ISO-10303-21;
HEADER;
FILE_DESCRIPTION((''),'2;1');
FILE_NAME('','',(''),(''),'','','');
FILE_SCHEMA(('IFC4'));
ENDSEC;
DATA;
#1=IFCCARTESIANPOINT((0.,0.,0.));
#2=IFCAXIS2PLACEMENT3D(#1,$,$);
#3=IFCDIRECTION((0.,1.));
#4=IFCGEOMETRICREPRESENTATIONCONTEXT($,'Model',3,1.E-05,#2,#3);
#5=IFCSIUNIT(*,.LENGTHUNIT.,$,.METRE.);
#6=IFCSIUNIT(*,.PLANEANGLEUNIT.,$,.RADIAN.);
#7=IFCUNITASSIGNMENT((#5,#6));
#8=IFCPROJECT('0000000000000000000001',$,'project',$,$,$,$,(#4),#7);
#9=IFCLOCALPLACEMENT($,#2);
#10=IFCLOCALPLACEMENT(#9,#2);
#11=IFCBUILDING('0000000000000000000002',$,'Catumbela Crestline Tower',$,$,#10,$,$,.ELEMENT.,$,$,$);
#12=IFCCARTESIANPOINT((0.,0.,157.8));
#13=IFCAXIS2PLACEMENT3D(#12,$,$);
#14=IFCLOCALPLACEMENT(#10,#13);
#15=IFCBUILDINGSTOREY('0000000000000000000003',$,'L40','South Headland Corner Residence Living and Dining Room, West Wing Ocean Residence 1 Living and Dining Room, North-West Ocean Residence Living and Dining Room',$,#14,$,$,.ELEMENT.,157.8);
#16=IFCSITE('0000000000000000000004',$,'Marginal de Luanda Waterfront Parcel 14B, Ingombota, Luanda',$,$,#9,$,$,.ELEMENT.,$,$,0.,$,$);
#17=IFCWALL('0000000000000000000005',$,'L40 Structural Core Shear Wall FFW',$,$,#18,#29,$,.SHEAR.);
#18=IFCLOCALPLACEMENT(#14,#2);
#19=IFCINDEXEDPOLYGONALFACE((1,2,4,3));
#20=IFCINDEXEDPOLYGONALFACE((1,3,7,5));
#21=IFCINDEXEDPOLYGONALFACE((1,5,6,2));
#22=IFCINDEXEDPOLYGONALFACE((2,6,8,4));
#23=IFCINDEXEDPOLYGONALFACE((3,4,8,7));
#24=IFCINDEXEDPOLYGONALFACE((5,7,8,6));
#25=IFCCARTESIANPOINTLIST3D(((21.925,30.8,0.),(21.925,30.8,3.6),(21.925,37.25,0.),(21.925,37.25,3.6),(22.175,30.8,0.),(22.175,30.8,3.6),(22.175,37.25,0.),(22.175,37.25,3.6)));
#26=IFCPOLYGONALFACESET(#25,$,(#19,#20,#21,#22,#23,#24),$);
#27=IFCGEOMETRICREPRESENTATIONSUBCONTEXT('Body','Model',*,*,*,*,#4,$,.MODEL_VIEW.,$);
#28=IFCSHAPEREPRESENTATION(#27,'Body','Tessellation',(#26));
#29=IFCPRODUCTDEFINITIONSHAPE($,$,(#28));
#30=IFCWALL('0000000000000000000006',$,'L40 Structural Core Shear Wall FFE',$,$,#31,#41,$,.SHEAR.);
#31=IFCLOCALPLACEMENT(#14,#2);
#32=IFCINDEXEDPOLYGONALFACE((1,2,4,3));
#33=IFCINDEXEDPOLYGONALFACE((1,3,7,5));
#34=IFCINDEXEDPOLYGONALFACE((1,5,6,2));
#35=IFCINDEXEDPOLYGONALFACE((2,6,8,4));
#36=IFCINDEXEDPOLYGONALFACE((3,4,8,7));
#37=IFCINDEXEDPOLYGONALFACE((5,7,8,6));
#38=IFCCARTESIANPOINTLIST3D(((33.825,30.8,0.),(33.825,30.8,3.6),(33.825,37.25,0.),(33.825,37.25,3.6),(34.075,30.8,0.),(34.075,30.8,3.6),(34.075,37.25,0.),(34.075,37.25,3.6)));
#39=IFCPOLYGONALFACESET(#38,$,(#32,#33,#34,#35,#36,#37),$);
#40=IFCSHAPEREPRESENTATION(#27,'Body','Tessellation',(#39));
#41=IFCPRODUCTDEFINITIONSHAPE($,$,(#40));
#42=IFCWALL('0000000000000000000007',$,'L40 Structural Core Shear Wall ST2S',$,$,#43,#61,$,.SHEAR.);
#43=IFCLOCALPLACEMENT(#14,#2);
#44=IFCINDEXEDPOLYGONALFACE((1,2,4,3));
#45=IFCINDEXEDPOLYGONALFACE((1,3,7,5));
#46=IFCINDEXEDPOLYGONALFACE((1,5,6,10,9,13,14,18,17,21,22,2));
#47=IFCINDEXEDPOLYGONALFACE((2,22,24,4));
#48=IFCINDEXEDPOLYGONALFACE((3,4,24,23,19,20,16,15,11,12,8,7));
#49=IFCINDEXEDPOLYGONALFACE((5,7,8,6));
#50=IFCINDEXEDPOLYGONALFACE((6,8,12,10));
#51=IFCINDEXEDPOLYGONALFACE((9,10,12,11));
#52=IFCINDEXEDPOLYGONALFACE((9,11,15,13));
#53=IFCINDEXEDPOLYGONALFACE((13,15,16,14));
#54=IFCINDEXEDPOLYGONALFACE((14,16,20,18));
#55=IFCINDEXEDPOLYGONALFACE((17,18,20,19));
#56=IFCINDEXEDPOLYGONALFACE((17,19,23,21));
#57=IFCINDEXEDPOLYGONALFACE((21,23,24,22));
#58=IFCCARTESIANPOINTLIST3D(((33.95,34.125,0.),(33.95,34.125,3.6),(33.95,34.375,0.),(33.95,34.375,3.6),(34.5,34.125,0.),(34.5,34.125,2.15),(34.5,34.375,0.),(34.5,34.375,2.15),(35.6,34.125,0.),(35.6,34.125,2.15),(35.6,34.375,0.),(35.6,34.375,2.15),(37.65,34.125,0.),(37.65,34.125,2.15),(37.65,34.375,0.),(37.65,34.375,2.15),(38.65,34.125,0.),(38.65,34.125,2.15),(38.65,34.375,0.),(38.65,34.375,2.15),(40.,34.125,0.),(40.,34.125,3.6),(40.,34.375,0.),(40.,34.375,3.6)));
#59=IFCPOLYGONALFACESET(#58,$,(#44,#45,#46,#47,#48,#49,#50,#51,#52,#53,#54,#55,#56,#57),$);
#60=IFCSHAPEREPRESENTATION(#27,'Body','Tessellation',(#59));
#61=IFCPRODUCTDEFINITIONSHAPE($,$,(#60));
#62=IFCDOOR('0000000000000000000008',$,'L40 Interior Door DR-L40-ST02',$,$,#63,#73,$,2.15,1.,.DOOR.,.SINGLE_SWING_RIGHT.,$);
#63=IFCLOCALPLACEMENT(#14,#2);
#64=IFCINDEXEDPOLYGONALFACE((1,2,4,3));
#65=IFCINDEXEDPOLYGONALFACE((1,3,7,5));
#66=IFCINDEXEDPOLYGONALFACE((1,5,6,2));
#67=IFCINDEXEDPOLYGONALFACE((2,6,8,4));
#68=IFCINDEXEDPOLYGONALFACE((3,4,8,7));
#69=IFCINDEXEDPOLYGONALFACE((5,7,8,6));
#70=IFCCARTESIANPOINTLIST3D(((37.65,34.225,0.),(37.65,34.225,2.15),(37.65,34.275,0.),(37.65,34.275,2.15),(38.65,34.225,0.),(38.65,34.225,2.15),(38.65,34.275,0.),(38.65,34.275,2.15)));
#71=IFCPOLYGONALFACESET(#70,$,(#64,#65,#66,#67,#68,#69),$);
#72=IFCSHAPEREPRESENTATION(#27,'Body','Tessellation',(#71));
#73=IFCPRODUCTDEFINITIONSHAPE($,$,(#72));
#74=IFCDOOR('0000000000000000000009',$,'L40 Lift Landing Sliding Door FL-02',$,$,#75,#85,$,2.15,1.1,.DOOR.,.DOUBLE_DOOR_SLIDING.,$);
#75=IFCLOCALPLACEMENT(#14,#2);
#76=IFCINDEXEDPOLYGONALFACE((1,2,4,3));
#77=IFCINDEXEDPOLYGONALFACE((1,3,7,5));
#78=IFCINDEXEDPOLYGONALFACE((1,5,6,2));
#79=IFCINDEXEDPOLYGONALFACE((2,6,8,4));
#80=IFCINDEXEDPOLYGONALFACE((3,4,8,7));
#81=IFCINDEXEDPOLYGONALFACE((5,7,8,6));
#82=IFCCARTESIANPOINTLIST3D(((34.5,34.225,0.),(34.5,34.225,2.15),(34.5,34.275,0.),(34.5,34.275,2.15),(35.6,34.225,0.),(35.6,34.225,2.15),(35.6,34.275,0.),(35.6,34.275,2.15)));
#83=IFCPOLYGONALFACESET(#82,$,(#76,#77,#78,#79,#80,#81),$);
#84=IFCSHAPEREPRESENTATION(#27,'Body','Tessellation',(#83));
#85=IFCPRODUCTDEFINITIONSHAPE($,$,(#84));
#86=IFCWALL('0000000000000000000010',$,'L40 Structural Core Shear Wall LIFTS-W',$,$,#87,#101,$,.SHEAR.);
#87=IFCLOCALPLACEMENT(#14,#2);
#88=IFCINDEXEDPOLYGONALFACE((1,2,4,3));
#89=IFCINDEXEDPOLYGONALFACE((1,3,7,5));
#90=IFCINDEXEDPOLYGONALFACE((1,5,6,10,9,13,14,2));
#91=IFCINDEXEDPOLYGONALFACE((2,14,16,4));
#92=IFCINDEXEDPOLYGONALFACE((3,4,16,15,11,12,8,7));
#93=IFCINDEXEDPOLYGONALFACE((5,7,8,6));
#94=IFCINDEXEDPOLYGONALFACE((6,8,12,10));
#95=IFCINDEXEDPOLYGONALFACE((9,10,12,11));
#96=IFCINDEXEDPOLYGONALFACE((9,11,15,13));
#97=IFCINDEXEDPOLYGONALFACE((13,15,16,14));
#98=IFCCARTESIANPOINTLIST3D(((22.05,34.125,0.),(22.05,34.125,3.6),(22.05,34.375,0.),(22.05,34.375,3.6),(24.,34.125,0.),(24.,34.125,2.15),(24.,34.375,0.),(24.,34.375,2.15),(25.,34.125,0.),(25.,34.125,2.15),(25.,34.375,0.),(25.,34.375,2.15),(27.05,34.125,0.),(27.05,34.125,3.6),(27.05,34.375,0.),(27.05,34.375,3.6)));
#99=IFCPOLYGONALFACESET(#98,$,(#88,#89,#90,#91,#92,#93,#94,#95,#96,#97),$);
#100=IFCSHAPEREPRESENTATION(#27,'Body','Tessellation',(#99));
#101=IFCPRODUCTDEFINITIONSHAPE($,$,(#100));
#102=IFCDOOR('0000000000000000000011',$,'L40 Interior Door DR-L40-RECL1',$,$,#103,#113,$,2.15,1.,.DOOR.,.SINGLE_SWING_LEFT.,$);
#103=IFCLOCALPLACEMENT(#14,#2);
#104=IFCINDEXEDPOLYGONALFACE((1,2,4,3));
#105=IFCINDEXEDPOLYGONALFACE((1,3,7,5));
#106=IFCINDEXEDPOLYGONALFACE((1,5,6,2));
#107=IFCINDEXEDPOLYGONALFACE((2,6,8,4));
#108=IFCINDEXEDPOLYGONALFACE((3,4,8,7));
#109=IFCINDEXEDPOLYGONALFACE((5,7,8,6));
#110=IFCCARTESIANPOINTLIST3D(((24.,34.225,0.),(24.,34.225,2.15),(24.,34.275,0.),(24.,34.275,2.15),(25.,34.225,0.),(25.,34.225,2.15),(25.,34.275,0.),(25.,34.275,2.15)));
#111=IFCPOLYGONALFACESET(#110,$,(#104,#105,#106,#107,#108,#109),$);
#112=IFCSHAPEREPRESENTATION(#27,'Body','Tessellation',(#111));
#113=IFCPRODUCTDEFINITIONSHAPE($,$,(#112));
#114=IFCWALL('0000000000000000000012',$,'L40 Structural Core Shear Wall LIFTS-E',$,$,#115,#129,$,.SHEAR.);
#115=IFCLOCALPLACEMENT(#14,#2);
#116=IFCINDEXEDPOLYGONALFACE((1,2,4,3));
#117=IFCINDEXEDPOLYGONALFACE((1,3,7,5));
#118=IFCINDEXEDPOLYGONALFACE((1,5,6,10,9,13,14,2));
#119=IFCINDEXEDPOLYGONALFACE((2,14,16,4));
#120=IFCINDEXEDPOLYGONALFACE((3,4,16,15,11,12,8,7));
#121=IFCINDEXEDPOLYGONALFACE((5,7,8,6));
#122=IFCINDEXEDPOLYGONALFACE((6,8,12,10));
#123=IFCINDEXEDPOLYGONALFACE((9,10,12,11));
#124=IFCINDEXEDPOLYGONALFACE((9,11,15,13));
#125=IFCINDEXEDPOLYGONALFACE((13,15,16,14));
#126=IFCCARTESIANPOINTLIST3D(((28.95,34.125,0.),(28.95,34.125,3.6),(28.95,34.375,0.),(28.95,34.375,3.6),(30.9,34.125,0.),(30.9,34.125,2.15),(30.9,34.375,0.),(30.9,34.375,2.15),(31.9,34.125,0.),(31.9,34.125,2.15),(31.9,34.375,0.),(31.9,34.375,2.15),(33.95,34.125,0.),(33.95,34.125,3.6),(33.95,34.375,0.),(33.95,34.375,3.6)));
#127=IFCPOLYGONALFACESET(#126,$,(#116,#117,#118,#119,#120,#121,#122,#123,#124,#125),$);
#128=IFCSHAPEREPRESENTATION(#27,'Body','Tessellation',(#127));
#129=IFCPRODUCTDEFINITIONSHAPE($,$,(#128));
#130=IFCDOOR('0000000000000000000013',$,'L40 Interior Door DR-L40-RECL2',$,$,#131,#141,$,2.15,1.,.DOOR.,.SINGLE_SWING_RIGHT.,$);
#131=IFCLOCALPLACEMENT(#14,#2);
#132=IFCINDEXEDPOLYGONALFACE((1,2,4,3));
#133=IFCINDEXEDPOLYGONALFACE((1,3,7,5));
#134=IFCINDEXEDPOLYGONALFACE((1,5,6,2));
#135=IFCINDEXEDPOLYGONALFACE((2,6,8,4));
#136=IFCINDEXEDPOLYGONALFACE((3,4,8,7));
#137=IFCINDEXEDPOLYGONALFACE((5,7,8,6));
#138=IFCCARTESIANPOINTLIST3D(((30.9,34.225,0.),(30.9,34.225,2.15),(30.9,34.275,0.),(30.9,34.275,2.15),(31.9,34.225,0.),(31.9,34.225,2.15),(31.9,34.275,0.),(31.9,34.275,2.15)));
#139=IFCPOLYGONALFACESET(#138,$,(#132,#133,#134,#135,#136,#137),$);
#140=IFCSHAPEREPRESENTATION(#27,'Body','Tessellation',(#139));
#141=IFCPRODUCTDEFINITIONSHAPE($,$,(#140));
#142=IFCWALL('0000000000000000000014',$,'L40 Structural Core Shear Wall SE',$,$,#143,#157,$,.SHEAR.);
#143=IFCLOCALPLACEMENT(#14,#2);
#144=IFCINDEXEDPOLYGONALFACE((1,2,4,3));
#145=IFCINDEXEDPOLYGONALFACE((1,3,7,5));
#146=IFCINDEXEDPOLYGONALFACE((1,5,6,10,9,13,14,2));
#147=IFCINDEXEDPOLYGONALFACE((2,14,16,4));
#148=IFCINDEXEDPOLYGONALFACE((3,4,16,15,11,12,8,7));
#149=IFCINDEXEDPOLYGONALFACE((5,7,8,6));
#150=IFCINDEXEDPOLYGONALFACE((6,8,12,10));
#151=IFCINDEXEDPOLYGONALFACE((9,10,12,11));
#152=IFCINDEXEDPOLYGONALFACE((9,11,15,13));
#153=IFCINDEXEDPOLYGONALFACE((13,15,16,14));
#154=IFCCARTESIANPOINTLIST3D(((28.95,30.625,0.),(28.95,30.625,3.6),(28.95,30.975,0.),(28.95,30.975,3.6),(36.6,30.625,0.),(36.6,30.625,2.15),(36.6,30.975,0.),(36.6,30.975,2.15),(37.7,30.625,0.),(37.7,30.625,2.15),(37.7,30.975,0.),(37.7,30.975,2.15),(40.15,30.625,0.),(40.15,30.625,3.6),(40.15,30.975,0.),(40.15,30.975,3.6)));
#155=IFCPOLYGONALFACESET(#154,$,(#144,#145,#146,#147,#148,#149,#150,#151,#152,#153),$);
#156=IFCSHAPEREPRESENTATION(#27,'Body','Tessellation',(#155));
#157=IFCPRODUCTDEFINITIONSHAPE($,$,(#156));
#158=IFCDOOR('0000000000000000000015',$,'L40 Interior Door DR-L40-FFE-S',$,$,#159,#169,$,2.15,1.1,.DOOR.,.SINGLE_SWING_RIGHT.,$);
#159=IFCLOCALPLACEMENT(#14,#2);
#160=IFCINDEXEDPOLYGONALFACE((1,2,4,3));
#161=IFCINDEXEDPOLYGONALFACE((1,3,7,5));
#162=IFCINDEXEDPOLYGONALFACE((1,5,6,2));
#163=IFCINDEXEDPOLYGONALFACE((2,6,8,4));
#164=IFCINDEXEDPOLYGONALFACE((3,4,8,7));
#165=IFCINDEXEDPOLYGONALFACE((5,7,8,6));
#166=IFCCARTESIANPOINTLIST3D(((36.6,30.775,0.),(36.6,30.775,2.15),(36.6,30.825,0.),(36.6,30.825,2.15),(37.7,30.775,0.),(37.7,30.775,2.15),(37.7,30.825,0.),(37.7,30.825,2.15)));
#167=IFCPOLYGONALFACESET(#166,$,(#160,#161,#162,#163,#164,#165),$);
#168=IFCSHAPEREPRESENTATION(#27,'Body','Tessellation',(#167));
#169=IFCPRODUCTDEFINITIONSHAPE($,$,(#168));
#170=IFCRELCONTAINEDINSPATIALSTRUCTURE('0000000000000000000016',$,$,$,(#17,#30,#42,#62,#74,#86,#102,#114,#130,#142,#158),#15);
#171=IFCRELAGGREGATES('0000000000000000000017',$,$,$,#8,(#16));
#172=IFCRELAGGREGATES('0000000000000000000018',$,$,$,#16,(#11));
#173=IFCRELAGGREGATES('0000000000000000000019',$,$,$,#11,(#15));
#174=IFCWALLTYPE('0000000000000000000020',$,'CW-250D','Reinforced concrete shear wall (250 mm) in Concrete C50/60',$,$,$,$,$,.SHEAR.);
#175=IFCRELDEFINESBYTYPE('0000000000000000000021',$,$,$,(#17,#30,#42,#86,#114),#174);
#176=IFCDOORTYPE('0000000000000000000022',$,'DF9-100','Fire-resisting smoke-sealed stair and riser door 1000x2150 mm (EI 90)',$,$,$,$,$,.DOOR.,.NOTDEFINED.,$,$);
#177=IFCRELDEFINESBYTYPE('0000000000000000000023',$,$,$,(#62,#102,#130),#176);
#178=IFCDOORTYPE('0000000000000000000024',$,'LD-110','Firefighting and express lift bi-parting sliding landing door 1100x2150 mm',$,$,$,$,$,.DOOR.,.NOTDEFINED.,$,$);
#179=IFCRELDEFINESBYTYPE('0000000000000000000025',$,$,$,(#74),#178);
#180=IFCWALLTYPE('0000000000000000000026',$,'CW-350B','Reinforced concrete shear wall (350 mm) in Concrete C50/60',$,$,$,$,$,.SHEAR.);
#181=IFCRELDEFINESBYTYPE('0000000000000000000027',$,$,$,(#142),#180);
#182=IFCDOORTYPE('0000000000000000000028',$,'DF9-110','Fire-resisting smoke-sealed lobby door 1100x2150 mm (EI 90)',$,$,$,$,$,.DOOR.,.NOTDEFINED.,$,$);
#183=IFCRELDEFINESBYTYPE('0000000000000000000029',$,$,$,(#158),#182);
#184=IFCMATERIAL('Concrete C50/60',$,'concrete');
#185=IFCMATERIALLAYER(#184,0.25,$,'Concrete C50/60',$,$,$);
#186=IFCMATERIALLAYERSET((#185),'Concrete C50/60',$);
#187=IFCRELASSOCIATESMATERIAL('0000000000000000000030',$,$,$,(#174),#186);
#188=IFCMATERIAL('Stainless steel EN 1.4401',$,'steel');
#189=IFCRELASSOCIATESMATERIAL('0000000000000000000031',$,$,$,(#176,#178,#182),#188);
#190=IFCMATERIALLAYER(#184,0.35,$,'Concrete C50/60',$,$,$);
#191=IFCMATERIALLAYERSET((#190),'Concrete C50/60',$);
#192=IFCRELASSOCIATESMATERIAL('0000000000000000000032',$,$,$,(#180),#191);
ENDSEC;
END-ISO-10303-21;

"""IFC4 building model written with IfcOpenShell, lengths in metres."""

from ifc_helpers import new_model, si_unit, direction, frame, frame_2d, origin, place, context, subcontext, project, spatial, rectangle, extrude, material, layer, layer_set, type_object, element, fill, save


model = new_model("IFC4")

# Units and contexts
model_context = context("Model", 3, precision=1e-05, world=origin(), true_north=direction((0.0, 1.0)))
body_context = subcontext(model_context, "Body", "Model", "MODEL_VIEW")
ifc_project = project(units=[si_unit("LENGTHUNIT", "METRE"), si_unit("PLANEANGLEUNIT", "RADIAN")], contexts=[model_context])

# Site, building, storey
site_placement = place(None, origin())
site = spatial("IfcSite", under=ifc_project, at=site_placement, Name="Marginal de Luanda Waterfront Parcel 14B, Ingombota, Luanda", CompositionType="ELEMENT", RefElevation=0.0)
building_placement = place(site_placement, origin())
building = spatial("IfcBuilding", under=site, at=building_placement, Name="Catumbela Crestline Tower", CompositionType="ELEMENT")
storey_placement = place(building_placement, frame((0.0, 0.0, 157.8)))
storey = spatial("IfcBuildingStorey", under=building, at=storey_placement, Name="L40", Description="South Headland Corner Residence Living and Dining Room, West Wing Ocean Residence 1 Living and Dining Room, North-West Ocean Residence Living and Dining Room", CompositionType="ELEMENT", Elevation=157.8)

# Walls
ifc_material_1 = material(Name="Concrete C50/60", Category="concrete")
ifc_layer_1 = layer(ifc_material_1, 0.25, Name="Concrete C50/60")
ifc_layer_set_1 = layer_set([ifc_layer_1], Name="Concrete C50/60")
wall_type_1 = type_object("IfcWallType", Name="CW-250D", Description="Reinforced concrete shear wall (250 mm) in Concrete C50/60", PredefinedType="SHEAR", material=ifc_layer_set_1)
for number, where, z_axis, x_axis, name in (
    (1, (22.05, 30.8, 0.0), (0.0, 0.0, 1.0), (0.0, 1.0, 0.0), "L40 Structural Core Shear Wall FFW"),
    (2, (33.95, 30.8, 0.0), (0.0, 0.0, 1.0), (0.0, 1.0, 0.0), "L40 Structural Core Shear Wall FFE"),
):
    element("IfcWall", number, at=place(storey_placement, frame(where, z_axis=z_axis, x_axis=x_axis)), inside=storey, type_object=wall_type_1, Name=name, PredefinedType="SHEAR", context=body_context, shape_type="SweptSolid", body=[
        extrude(rectangle(XDim=6.45, YDim=0.25, at=frame_2d((3.225, 0.0))), origin(), (0.0, 0.0, 1.0), 3.6),
    ])

# Wall, openings, doors
wall_1_placement = place(storey_placement, frame((33.95, 34.25, 0.0), z_axis=(0.0, 0.0, 1.0), x_axis=(1.0, 0.0, 0.0)))
wall_1 = element("IfcWall", 3, at=wall_1_placement, inside=storey, type_object=wall_type_1, Name="L40 Structural Core Shear Wall ST2S", PredefinedType="SHEAR", context=body_context, shape_type="SweptSolid", body=[
    extrude(rectangle(XDim=6.05, YDim=0.25, at=frame_2d((3.025, 0.0))), origin(), (0.0, 0.0, 1.0), 3.6),
])
opening_1_placement = place(wall_1_placement, frame((3.7, 0.0, 0.0)))
opening_1 = element("IfcOpeningElement", 4, at=opening_1_placement, cuts=wall_1, PredefinedType="OPENING", context=body_context, shape_type="SweptSolid", body=[
    extrude(rectangle(XDim=1.0, YDim=2.15, at=frame_2d((0.5, 1.075))), frame((0.0, 0.135, 0.0), z_axis=(0.0, -1.0, 0.0), x_axis=(1.0, 0.0, 0.0)), (0.0, 0.0, 1.0), 0.27),
])
opening_2_placement = place(wall_1_placement, frame((0.55, 0.0, 0.0)))
opening_2 = element("IfcOpeningElement", 5, at=opening_2_placement, cuts=wall_1, PredefinedType="OPENING", context=body_context, shape_type="SweptSolid", body=[
    extrude(rectangle(XDim=1.1, YDim=2.15, at=frame_2d((0.55, 1.075))), frame((0.0, 0.135, 0.0), z_axis=(0.0, -1.0, 0.0), x_axis=(1.0, 0.0, 0.0)), (0.0, 0.0, 1.0), 0.27),
])
ifc_material_2 = material(Name="Stainless steel EN 1.4401", Category="steel")
door_type_1 = type_object("IfcDoorType", Name="DF9-100", Description="Fire-resisting smoke-sealed stair and riser door 1000x2150 mm (EI 90)", OperationType="NOTDEFINED", PredefinedType="DOOR", material=ifc_material_2)
door_1_placement = place(opening_1_placement, origin())
door_1 = element("IfcDoor", 6, at=door_1_placement, inside=storey, type_object=door_type_1, Name="L40 Interior Door DR-L40-ST02", OperationType="SINGLE_SWING_RIGHT", OverallHeight=2.15, OverallWidth=1.0, PredefinedType="DOOR", context=body_context, shape_type="SweptSolid", body=[
    extrude(rectangle(XDim=1.0, YDim=2.15, at=frame_2d((0.5, 1.075))), frame((0.0, 0.025, 0.0), z_axis=(0.0, -1.0, 0.0), x_axis=(1.0, 0.0, 0.0)), (0.0, 0.0, 1.0), 0.05),
])
fill(opening_1, door_1)
door_type_2 = type_object("IfcDoorType", Name="LD-110", Description="Firefighting and express lift bi-parting sliding landing door 1100x2150 mm", OperationType="NOTDEFINED", PredefinedType="DOOR", material=ifc_material_2)
door_2_placement = place(opening_2_placement, origin())
door_2 = element("IfcDoor", 7, at=door_2_placement, inside=storey, type_object=door_type_2, Name="L40 Lift Landing Sliding Door FL-02", OperationType="DOUBLE_DOOR_SLIDING", OverallHeight=2.15, OverallWidth=1.1, PredefinedType="DOOR", context=body_context, shape_type="SweptSolid", body=[
    extrude(rectangle(XDim=1.1, YDim=2.15, at=frame_2d((0.55, 1.075))), frame((0.0, 0.025, 0.0), z_axis=(0.0, -1.0, 0.0), x_axis=(1.0, 0.0, 0.0)), (0.0, 0.0, 1.0), 0.05),
])
fill(opening_2, door_2)

# Walls, openings, doors
wall_2_placement = place(storey_placement, frame((22.05, 34.25, 0.0), z_axis=(0.0, 0.0, 1.0), x_axis=(1.0, 0.0, 0.0)))
wall_2 = element("IfcWall", 8, at=wall_2_placement, inside=storey, type_object=wall_type_1, Name="L40 Structural Core Shear Wall LIFTS-W", PredefinedType="SHEAR", context=body_context, shape_type="SweptSolid", body=[
    extrude(rectangle(XDim=5.0, YDim=0.25, at=frame_2d((2.5, 0.0))), origin(), (0.0, 0.0, 1.0), 3.6),
])
opening_3_placement = place(wall_2_placement, frame((1.95, 0.0, 0.0)))
opening_3 = element("IfcOpeningElement", 9, at=opening_3_placement, cuts=wall_2, PredefinedType="OPENING", context=body_context, shape_type="SweptSolid", body=[
    extrude(rectangle(XDim=1.0, YDim=2.15, at=frame_2d((0.5, 1.075))), frame((0.0, 0.135, 0.0), z_axis=(0.0, -1.0, 0.0), x_axis=(1.0, 0.0, 0.0)), (0.0, 0.0, 1.0), 0.27),
])
door_3_placement = place(opening_3_placement, origin())
door_3 = element("IfcDoor", 10, at=door_3_placement, inside=storey, type_object=door_type_1, Name="L40 Interior Door DR-L40-RECL1", OperationType="SINGLE_SWING_LEFT", OverallHeight=2.15, OverallWidth=1.0, PredefinedType="DOOR", context=body_context, shape_type="SweptSolid", body=[
    extrude(rectangle(XDim=1.0, YDim=2.15, at=frame_2d((0.5, 1.075))), frame((0.0, 0.025, 0.0), z_axis=(0.0, -1.0, 0.0), x_axis=(1.0, 0.0, 0.0)), (0.0, 0.0, 1.0), 0.05),
])
fill(opening_3, door_3)
wall_3_placement = place(storey_placement, frame((28.95, 34.25, 0.0), z_axis=(0.0, 0.0, 1.0), x_axis=(1.0, 0.0, 0.0)))
wall_3 = element("IfcWall", 11, at=wall_3_placement, inside=storey, type_object=wall_type_1, Name="L40 Structural Core Shear Wall LIFTS-E", PredefinedType="SHEAR", context=body_context, shape_type="SweptSolid", body=[
    extrude(rectangle(XDim=5.0, YDim=0.25, at=frame_2d((2.5, 0.0))), origin(), (0.0, 0.0, 1.0), 3.6),
])
opening_4_placement = place(wall_3_placement, frame((1.95, 0.0, 0.0)))
opening_4 = element("IfcOpeningElement", 12, at=opening_4_placement, cuts=wall_3, PredefinedType="OPENING", context=body_context, shape_type="SweptSolid", body=[
    extrude(rectangle(XDim=1.0, YDim=2.15, at=frame_2d((0.5, 1.075))), frame((0.0, 0.135, 0.0), z_axis=(0.0, -1.0, 0.0), x_axis=(1.0, 0.0, 0.0)), (0.0, 0.0, 1.0), 0.27),
])
door_4_placement = place(opening_4_placement, origin())
door_4 = element("IfcDoor", 13, at=door_4_placement, inside=storey, type_object=door_type_1, Name="L40 Interior Door DR-L40-RECL2", OperationType="SINGLE_SWING_RIGHT", OverallHeight=2.15, OverallWidth=1.0, PredefinedType="DOOR", context=body_context, shape_type="SweptSolid", body=[
    extrude(rectangle(XDim=1.0, YDim=2.15, at=frame_2d((0.5, 1.075))), frame((0.0, 0.025, 0.0), z_axis=(0.0, -1.0, 0.0), x_axis=(1.0, 0.0, 0.0)), (0.0, 0.0, 1.0), 0.05),
])
fill(opening_4, door_4)
ifc_layer_2 = layer(ifc_material_1, 0.35, Name="Concrete C50/60")
ifc_layer_set_2 = layer_set([ifc_layer_2], Name="Concrete C50/60")
wall_type_2 = type_object("IfcWallType", Name="CW-350B", Description="Reinforced concrete shear wall (350 mm) in Concrete C50/60", PredefinedType="SHEAR", material=ifc_layer_set_2)
wall_4_placement = place(storey_placement, frame((28.95, 30.8, 0.0), z_axis=(0.0, 0.0, 1.0), x_axis=(1.0, 0.0, 0.0)))
wall_4 = element("IfcWall", 14, at=wall_4_placement, inside=storey, type_object=wall_type_2, Name="L40 Structural Core Shear Wall SE", PredefinedType="SHEAR", context=body_context, shape_type="SweptSolid", body=[
    extrude(rectangle(XDim=11.2, YDim=0.35, at=frame_2d((5.6, 0.0))), origin(), (0.0, 0.0, 1.0), 3.6),
])
opening_5_placement = place(wall_4_placement, frame((7.65, 0.0, 0.0)))
opening_5 = element("IfcOpeningElement", 15, at=opening_5_placement, cuts=wall_4, PredefinedType="OPENING", context=body_context, shape_type="SweptSolid", body=[
    extrude(rectangle(XDim=1.1, YDim=2.15, at=frame_2d((0.55, 1.075))), frame((0.0, 0.185, 0.0), z_axis=(0.0, -1.0, 0.0), x_axis=(1.0, 0.0, 0.0)), (0.0, 0.0, 1.0), 0.37),
])
door_type_3 = type_object("IfcDoorType", Name="DF9-110", Description="Fire-resisting smoke-sealed lobby door 1100x2150 mm (EI 90)", OperationType="NOTDEFINED", PredefinedType="DOOR", material=ifc_material_2)
door_5_placement = place(opening_5_placement, origin())
door_5 = element("IfcDoor", 16, at=door_5_placement, inside=storey, type_object=door_type_3, Name="L40 Interior Door DR-L40-FFE-S", OperationType="SINGLE_SWING_RIGHT", OverallHeight=2.15, OverallWidth=1.1, PredefinedType="DOOR", context=body_context, shape_type="SweptSolid", body=[
    extrude(rectangle(XDim=1.1, YDim=2.15, at=frame_2d((0.55, 1.075))), frame((0.0, 0.025, 0.0), z_axis=(0.0, -1.0, 0.0), x_axis=(1.0, 0.0, 0.0)), (0.0, 0.0, 1.0), 0.05),
])
fill(opening_5, door_5)

save(model, "model.ifc")
